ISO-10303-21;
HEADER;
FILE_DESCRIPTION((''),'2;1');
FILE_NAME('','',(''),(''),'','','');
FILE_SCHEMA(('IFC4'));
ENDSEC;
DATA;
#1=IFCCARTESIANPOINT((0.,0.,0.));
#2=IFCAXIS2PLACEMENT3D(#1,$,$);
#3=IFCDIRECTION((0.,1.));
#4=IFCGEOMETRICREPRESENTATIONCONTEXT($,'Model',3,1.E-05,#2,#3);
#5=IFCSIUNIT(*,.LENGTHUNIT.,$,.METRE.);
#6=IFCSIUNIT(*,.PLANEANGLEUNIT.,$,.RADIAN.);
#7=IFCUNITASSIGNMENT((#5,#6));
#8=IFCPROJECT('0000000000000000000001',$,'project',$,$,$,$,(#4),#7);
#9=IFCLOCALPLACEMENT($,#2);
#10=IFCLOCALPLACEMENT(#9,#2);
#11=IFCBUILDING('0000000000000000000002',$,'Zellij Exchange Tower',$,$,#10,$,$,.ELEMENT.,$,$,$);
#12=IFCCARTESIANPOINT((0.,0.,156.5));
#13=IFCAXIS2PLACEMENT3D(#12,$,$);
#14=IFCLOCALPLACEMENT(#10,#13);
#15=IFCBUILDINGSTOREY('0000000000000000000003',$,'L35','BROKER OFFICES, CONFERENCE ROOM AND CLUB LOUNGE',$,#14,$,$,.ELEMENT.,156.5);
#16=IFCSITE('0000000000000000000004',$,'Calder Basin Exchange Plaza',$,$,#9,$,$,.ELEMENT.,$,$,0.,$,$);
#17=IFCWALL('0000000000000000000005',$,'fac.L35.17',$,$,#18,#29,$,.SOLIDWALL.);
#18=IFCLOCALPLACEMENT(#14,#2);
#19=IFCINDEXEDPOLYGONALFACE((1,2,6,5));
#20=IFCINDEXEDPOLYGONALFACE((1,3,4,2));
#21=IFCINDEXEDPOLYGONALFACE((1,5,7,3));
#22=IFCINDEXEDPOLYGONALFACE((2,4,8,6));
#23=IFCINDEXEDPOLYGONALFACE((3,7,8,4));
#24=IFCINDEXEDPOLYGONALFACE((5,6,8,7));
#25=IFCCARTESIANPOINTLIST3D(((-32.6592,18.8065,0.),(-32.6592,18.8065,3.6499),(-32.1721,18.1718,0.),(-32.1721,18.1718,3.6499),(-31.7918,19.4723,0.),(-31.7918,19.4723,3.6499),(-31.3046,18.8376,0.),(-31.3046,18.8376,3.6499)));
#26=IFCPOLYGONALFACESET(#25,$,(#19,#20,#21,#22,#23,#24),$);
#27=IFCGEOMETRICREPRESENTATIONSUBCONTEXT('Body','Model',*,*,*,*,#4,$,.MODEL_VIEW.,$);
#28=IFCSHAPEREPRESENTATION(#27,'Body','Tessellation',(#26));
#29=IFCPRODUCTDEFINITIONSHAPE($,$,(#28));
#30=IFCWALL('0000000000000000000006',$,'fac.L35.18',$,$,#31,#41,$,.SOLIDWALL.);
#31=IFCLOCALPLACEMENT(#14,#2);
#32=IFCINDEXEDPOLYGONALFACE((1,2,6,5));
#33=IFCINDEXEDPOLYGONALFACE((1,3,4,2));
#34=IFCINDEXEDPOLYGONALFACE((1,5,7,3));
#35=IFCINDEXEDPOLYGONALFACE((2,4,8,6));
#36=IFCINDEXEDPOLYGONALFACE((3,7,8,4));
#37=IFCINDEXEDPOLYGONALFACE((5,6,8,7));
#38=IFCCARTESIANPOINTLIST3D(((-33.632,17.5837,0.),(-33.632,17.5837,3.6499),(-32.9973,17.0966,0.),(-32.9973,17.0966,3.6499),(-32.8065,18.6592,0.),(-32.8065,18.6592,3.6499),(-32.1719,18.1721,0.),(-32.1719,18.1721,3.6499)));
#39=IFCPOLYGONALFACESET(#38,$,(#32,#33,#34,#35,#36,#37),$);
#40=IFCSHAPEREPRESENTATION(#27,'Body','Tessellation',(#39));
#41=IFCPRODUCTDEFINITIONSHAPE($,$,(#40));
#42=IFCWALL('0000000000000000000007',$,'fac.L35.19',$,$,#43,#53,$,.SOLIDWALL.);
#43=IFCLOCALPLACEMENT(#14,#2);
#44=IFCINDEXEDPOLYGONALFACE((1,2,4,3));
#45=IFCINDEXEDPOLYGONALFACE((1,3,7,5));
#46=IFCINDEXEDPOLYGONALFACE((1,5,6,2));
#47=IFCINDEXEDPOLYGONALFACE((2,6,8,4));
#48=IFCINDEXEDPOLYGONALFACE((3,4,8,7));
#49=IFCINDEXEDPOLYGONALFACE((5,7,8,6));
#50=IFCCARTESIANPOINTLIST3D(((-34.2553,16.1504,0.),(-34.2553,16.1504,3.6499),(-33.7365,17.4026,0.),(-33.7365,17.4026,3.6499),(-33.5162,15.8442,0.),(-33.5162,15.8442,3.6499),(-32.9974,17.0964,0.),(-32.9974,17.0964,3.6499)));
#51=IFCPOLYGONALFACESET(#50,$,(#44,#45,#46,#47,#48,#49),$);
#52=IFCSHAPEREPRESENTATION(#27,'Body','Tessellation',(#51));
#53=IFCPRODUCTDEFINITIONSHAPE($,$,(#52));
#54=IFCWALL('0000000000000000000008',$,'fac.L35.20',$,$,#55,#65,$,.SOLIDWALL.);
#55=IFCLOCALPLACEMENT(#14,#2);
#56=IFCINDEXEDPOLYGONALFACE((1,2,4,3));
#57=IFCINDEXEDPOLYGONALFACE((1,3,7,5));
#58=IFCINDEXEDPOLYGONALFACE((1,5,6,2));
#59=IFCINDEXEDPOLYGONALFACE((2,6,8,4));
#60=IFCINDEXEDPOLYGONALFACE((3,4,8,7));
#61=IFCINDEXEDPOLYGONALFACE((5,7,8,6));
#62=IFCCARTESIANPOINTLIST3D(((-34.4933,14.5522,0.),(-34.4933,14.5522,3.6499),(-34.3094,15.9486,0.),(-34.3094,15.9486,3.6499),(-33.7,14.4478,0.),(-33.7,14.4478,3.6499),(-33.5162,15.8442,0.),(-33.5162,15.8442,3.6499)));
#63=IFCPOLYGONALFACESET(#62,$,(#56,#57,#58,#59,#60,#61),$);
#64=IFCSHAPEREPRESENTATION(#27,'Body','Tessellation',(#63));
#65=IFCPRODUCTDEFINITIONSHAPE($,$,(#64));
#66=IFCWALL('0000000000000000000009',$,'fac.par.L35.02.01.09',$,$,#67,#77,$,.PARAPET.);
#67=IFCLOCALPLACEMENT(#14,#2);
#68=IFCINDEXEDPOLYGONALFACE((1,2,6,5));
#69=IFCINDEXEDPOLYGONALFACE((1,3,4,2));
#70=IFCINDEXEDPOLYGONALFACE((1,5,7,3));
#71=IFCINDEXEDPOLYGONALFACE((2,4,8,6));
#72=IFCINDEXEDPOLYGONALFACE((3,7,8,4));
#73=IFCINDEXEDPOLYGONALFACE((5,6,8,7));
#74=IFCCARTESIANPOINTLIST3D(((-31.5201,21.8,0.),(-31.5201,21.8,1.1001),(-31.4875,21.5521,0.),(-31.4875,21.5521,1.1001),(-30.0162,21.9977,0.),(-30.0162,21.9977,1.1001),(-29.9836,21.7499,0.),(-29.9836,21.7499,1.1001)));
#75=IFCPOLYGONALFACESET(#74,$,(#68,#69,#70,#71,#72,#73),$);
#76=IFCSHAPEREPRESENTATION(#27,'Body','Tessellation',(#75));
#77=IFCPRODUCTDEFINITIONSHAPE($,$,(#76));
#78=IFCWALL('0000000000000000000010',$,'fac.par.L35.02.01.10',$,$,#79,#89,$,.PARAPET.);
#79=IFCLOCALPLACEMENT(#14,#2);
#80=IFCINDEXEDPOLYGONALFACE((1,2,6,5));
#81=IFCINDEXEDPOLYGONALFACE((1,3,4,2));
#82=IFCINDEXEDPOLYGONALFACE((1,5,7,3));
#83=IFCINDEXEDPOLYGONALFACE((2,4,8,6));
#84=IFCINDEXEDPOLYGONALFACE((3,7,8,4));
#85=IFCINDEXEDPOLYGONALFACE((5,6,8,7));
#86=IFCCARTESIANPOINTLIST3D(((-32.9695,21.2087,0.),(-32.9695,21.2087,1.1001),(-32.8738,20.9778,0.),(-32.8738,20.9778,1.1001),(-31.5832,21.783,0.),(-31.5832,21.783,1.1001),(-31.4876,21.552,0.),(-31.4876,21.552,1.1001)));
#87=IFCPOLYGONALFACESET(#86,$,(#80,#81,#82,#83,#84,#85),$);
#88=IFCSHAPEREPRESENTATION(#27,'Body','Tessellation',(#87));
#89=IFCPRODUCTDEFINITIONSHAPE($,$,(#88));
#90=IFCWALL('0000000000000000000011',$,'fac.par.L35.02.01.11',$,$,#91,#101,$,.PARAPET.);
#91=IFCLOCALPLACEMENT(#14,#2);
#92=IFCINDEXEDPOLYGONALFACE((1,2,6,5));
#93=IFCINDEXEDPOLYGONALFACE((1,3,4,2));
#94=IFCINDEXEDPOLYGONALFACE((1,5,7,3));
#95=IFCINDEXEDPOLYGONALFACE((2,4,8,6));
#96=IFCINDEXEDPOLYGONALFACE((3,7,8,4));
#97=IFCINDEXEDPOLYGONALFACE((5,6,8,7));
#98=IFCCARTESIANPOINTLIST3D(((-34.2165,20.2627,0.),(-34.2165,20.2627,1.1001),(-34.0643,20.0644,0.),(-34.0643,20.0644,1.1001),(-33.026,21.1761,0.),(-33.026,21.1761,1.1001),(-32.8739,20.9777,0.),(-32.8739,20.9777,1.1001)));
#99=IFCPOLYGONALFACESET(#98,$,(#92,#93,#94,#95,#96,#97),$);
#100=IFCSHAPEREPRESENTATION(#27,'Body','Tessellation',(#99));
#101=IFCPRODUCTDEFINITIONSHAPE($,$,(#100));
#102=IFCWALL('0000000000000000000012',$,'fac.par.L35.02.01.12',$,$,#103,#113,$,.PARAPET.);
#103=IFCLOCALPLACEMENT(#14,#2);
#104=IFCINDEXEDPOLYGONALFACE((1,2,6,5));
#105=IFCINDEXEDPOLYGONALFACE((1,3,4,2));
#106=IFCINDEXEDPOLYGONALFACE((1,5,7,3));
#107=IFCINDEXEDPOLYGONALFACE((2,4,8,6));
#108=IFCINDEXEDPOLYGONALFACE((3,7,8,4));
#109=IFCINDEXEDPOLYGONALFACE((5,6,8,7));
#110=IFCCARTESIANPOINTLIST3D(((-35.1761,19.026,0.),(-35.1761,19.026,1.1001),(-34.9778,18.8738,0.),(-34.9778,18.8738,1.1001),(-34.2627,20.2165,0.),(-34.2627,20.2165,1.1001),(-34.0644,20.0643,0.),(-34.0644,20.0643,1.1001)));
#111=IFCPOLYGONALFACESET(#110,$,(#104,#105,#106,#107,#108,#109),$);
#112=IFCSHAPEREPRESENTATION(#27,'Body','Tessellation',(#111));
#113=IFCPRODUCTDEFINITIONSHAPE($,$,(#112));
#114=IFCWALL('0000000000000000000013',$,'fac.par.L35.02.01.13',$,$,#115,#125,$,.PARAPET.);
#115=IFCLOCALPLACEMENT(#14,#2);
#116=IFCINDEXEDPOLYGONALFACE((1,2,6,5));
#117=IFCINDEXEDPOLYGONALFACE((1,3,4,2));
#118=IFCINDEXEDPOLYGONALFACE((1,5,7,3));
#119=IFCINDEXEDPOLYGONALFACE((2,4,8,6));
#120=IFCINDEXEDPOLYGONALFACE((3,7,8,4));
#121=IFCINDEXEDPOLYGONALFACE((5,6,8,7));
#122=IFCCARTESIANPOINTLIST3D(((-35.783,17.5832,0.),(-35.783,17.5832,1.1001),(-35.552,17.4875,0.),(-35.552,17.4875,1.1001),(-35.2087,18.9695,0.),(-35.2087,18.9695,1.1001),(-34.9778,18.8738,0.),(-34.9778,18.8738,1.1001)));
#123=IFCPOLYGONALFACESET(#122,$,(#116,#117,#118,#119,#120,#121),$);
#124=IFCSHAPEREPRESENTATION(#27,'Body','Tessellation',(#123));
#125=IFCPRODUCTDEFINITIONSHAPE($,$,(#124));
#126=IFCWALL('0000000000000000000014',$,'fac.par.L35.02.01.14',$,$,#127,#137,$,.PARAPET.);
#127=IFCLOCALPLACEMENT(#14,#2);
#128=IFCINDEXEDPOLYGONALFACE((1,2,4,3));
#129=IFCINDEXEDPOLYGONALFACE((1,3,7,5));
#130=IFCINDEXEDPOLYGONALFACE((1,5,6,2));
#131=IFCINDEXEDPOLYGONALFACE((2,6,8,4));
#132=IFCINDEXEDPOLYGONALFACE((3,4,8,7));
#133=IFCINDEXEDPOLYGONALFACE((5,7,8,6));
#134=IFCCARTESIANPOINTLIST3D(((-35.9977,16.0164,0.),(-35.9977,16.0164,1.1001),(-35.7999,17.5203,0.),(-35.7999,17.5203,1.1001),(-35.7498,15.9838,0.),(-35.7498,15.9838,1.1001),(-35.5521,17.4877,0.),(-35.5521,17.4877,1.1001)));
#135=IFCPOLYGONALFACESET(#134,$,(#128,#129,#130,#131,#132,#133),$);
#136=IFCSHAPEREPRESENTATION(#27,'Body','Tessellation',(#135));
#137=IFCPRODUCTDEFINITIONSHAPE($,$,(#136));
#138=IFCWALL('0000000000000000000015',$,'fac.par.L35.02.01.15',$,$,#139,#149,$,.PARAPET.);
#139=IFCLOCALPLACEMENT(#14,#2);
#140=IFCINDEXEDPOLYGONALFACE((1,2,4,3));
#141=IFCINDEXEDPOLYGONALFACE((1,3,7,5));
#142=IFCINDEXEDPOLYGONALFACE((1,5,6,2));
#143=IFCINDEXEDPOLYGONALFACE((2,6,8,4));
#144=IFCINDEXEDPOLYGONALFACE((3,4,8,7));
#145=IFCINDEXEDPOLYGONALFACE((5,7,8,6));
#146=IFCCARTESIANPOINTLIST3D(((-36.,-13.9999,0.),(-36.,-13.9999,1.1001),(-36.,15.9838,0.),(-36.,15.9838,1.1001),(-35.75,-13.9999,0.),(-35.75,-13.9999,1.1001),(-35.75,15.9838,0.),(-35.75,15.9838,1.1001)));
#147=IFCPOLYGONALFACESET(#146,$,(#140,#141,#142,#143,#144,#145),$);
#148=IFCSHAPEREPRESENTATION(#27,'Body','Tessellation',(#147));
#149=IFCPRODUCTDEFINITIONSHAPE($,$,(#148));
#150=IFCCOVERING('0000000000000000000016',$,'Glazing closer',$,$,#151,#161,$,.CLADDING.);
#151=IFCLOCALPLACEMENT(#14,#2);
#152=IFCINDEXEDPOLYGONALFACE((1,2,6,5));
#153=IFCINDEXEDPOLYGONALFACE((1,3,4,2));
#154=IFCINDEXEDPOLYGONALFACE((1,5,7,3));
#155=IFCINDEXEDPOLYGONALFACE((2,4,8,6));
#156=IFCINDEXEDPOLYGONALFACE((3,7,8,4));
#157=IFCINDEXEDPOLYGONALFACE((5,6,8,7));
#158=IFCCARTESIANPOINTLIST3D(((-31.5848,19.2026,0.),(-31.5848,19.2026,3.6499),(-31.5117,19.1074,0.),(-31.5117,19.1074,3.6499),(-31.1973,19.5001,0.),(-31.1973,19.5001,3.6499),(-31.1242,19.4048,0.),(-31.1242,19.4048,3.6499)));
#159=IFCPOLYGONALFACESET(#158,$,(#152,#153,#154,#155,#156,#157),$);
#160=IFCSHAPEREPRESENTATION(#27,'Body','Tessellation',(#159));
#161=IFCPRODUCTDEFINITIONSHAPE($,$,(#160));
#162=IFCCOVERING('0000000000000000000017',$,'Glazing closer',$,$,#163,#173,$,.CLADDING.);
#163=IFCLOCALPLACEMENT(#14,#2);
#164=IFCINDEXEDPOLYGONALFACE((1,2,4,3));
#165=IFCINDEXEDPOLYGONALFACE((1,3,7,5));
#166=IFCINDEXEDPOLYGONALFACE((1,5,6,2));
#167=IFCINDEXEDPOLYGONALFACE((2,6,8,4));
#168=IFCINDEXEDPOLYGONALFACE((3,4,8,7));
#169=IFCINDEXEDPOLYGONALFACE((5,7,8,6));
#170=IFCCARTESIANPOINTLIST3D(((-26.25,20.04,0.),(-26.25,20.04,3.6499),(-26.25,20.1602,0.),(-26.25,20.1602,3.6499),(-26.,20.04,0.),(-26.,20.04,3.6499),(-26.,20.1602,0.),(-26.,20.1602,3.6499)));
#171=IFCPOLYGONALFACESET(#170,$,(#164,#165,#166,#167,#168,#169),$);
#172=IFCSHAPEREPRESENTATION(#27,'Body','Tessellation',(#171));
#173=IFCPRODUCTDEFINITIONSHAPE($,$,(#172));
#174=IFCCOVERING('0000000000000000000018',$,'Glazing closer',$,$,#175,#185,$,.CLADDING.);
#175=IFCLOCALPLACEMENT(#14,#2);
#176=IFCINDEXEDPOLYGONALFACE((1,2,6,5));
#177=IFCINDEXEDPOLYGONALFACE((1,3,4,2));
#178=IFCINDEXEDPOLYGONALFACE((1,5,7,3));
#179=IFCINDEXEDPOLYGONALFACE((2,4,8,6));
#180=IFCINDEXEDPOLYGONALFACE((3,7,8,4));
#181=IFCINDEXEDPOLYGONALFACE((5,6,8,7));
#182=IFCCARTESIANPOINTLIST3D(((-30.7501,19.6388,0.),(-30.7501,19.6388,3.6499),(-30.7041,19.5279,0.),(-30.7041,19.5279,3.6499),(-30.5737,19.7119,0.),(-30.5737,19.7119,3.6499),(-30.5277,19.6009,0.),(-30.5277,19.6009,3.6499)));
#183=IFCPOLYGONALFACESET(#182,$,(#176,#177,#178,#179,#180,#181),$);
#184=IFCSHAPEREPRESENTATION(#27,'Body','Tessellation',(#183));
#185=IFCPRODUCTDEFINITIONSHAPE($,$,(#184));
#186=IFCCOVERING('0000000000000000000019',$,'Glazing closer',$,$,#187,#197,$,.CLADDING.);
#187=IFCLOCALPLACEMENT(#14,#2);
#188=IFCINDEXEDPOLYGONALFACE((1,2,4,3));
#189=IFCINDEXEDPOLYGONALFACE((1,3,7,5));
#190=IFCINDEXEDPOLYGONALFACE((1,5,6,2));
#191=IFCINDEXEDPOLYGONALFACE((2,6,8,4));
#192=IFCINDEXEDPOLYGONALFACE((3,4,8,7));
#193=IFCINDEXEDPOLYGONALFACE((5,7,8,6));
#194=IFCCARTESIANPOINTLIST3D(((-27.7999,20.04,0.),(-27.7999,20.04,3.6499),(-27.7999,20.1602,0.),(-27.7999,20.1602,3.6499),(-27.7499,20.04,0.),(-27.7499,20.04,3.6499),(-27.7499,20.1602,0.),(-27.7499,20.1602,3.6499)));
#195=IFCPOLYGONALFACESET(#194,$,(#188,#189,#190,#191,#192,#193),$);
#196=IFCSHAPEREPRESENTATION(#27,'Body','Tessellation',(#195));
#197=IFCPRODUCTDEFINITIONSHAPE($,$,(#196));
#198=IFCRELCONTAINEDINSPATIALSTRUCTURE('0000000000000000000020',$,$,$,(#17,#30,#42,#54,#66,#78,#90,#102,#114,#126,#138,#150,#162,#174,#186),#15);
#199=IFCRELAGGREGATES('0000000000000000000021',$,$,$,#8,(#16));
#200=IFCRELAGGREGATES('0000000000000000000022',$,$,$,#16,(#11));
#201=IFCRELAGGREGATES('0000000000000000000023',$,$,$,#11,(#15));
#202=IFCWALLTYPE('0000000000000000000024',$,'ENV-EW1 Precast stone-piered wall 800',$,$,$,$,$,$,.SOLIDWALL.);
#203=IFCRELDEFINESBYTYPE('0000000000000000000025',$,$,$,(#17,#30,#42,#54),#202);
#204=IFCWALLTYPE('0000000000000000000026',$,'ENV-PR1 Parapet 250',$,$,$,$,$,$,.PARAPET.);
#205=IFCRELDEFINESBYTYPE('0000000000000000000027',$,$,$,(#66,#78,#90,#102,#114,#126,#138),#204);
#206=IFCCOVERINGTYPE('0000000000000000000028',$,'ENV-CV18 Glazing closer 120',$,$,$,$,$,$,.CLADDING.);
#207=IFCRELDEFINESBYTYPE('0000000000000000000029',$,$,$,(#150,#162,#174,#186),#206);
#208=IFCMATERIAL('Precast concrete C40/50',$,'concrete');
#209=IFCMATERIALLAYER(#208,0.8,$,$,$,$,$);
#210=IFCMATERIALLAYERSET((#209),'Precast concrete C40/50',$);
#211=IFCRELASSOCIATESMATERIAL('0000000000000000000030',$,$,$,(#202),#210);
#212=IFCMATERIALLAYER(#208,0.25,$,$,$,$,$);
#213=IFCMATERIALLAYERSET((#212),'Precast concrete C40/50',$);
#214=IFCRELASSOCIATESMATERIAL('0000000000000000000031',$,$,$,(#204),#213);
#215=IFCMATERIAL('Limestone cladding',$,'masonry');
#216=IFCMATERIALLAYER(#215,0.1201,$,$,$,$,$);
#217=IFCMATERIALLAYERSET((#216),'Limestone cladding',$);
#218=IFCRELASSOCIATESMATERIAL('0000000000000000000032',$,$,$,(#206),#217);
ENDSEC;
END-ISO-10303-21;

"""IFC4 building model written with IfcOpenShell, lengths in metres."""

from ifc_helpers import new_model, si_unit, direction, frame, frame_2d, origin, origin_2d, place, context, subcontext, project, spatial, rectangle, extrude, material, layer, layer_set, type_object, element, save


model = new_model("IFC4")

# Units and contexts
model_context = context("Model", 3, precision=1e-05, world=origin(), true_north=direction((0.0, 1.0)))
body_context = subcontext(model_context, "Body", "Model", "MODEL_VIEW")
ifc_project = project(units=[si_unit("LENGTHUNIT", "METRE"), si_unit("PLANEANGLEUNIT", "RADIAN")], contexts=[model_context])

# Site, building, storey
site_placement = place(None, origin())
site = spatial("IfcSite", under=ifc_project, at=site_placement, Name="Calder Basin Exchange Plaza", CompositionType="ELEMENT", RefElevation=0.0)
building_placement = place(site_placement, origin())
building = spatial("IfcBuilding", under=site, at=building_placement, Name="Zellij Exchange Tower", CompositionType="ELEMENT")
storey_placement = place(building_placement, frame((0.0, 0.0, 156.5)))
storey = spatial("IfcBuildingStorey", under=building, at=storey_placement, Name="L35", Description="BROKER OFFICES, CONFERENCE ROOM AND CLUB LOUNGE", CompositionType="ELEMENT", Elevation=156.5)

# Walls
ifc_material_1 = material(Name="Precast concrete C40/50", Category="concrete")
ifc_layer_1 = layer(ifc_material_1, 0.8)
ifc_layer_set_1 = layer_set([ifc_layer_1], Name="Precast concrete C40/50")
wall_type_1 = type_object("IfcWallType", Name="ENV-EW1 Precast stone-piered wall 800", PredefinedType="SOLIDWALL", material=ifc_layer_set_1)
wall_1_placement = place(storey_placement, frame((-31.5481, 19.155, 0.0), z_axis=(0.0, 0.0, 1.0), x_axis=(-0.793279, -0.608858, 0.0)))
element("IfcWall", 1, at=wall_1_placement, inside=storey, type_object=wall_type_1, Name="fac.L35.17", PredefinedType="SOLIDWALL", context=body_context, shape_type="SweptSolid", body=[
    extrude(rectangle(XDim=1.0935, YDim=0.8, at=frame_2d((0.5469, 0.0))), origin(), (0.0, 0.0, 1.0), 3.6499),
])
wall_2_placement = place(storey_placement, frame((-32.4893, 18.4155, 0.0), z_axis=(0.0, 0.0, 1.0), x_axis=(-0.608866, -0.793273, 0.0)))
element("IfcWall", 2, at=wall_2_placement, inside=storey, type_object=wall_type_1, Name="fac.L35.18", PredefinedType="SOLIDWALL", context=body_context, shape_type="SweptSolid", body=[
    extrude(rectangle(XDim=1.3557, YDim=0.8, at=frame_2d((0.6777, 0.0))), origin(), (0.0, 0.0, 1.0), 3.6499),
])
wall_3_placement = place(storey_placement, frame((-33.3669, 17.2495, 0.0), z_axis=(0.0, 0.0, 1.0), x_axis=(-0.38276, -0.923848, 0.0)))
element("IfcWall", 3, at=wall_3_placement, inside=storey, type_object=wall_type_1, Name="fac.L35.19", PredefinedType="SOLIDWALL", context=body_context, shape_type="SweptSolid", body=[
    extrude(rectangle(XDim=1.3555, YDim=0.8, at=frame_2d((0.6777, 0.0))), origin(), (0.0, 0.0, 1.0), 3.6499),
])
wall_4_placement = place(storey_placement, frame((-33.9128, 15.8962, 0.0), z_axis=(0.0, 0.0, 1.0), x_axis=(-0.130517, -0.991446, 0.0)))
element("IfcWall", 4, at=wall_4_placement, inside=storey, type_object=wall_type_1, Name="fac.L35.20", PredefinedType="SOLIDWALL", context=body_context, shape_type="SweptSolid", body=[
    extrude(rectangle(XDim=1.4084, YDim=0.8, at=frame_2d((0.7041, 0.0))), origin(), (0.0, 0.0, 1.0), 3.6499),
])
ifc_layer_2 = layer(ifc_material_1, 0.25)
ifc_layer_set_2 = layer_set([ifc_layer_2], Name="Precast concrete C40/50")
wall_type_2 = type_object("IfcWallType", Name="ENV-PR1 Parapet 250", PredefinedType="PARAPET", material=ifc_layer_set_2)
wall_5_placement = place(storey_placement, frame((-30.0, 21.8738, 0.0), z_axis=(0.0, 0.0, 1.0), x_axis=(-0.991465, -0.130371, 0.0)))
element("IfcWall", 5, at=wall_5_placement, inside=storey, type_object=wall_type_2, Name="fac.par.L35.02.01.09", PredefinedType="PARAPET", context=body_context, shape_type="SweptSolid", body=[
    extrude(rectangle(XDim=1.5168, YDim=0.25, at=frame_2d((0.7583, 0.0))), origin(), (0.0, 0.0, 1.0), 1.1001),
])
for number, where, z_axis, x_axis, name in (
    (6, (-31.5354, 21.6675, 0.0), (0.0, 0.0, 1.0), (-0.923874, -0.382697, 0.0), "fac.par.L35.02.01.10"),
    (7, (-32.95, 21.0769, 0.0), (0.0, 0.0, 1.0), (-0.793392, -0.608712, 0.0), "fac.par.L35.02.01.11"),
    (8, (-34.1636, 20.1404, 0.0), (0.0, 0.0, 1.0), (-0.608712, -0.793392, 0.0), "fac.par.L35.02.01.12"),
    (9, (-35.0933, 18.9216, 0.0), (0.0, 0.0, 1.0), (-0.382697, -0.923874, 0.0), "fac.par.L35.02.01.13"),
):
    element("IfcWall", number, at=place(storey_placement, frame(where, z_axis=z_axis, x_axis=x_axis)), inside=storey, type_object=wall_type_2, Name=name, PredefinedType="PARAPET", context=body_context, shape_type="SweptSolid", body=[
        extrude(rectangle(XDim=1.5005, YDim=0.25, at=frame_2d((0.7502, 0.0))), origin(), (0.0, 0.0, 1.0), 1.1001),
    ])
wall_6_placement = place(storey_placement, frame((-35.676, 17.5039, 0.0), z_axis=(0.0, 0.0, 1.0), x_axis=(-0.130371, -0.991465, 0.0)))
element("IfcWall", 10, at=wall_6_placement, inside=storey, type_object=wall_type_2, Name="fac.par.L35.02.01.14", PredefinedType="PARAPET", context=body_context, shape_type="SweptSolid", body=[
    extrude(rectangle(XDim=1.5168, YDim=0.25, at=frame_2d((0.7583, 0.0))), origin(), (0.0, 0.0, 1.0), 1.1001),
])
wall_7_placement = place(storey_placement, frame((-35.875, 15.9836, 0.0), z_axis=(0.0, 0.0, 1.0), x_axis=(0.0, -1.0, 0.0)))
element("IfcWall", 11, at=wall_7_placement, inside=storey, type_object=wall_type_2, Name="fac.par.L35.02.01.15", PredefinedType="PARAPET", context=body_context, shape_type="SweptSolid", body=[
    extrude(rectangle(XDim=29.9836, YDim=0.25, at=frame_2d((14.9917, 0.0))), origin(), (0.0, 0.0, 1.0), 1.1001),
])

# Coverings
ifc_material_2 = material(Name="Limestone cladding", Category="masonry")
ifc_layer_3 = layer(ifc_material_2, 0.1201)
ifc_layer_set_3 = layer_set([ifc_layer_3], Name="Limestone cladding")
covering_type = type_object("IfcCoveringType", Name="ENV-CV18 Glazing closer 120", PredefinedType="CLADDING", material=ifc_layer_set_3)
covering_1_placement = place(storey_placement, frame((-31.3545, 19.3037, 0.0), z_axis=(0.0, 0.0, 1.0), x_axis=(0.793316, 0.60881, 0.0)))
element("IfcCovering", 12, at=covering_1_placement, inside=storey, type_object=covering_type, Name="Glazing closer", PredefinedType="CLADDING", context=body_context, shape_type="SweptSolid", body=[
    extrude(rectangle(XDim=0.4885, YDim=0.1201, at=origin_2d()), origin(), (0.0, 0.0, 1.0), 3.6499),
])
covering_2_placement = place(storey_placement, frame((-26.125, 20.1001, 0.0), z_axis=(0.0, 0.0, 1.0), x_axis=(-1.0, 0.0, 0.0)))
element("IfcCovering", 13, at=covering_2_placement, inside=storey, type_object=covering_type, Name="Glazing closer", PredefinedType="CLADDING", context=body_context, shape_type="SweptSolid", body=[
    extrude(rectangle(XDim=0.25, YDim=0.1201, at=origin_2d()), origin(), (0.0, 0.0, 1.0), 3.6499),
])
covering_3_placement = place(storey_placement, frame((-30.6389, 19.6199, 0.0), z_axis=(0.0, 0.0, 1.0), x_axis=(-0.923882, -0.382679, 0.0)))
element("IfcCovering", 14, at=covering_3_placement, inside=storey, type_object=covering_type, Name="Glazing closer", PredefinedType="CLADDING", context=body_context, shape_type="SweptSolid", body=[
    extrude(rectangle(XDim=0.1909, YDim=0.1201, at=origin_2d()), origin(), (0.0, 0.0, 1.0), 3.6499),
])
covering_4_placement = place(storey_placement, frame((-27.7749, 20.1001, 0.0), z_axis=(0.0, 0.0, 1.0), x_axis=(1.0, 0.0, 0.0)))
element("IfcCovering", 15, at=covering_4_placement, inside=storey, type_object=covering_type, Name="Glazing closer", PredefinedType="CLADDING", context=body_context, shape_type="SweptSolid", body=[
    extrude(rectangle(XDim=0.05, YDim=0.1201, at=origin_2d()), origin(), (0.0, 0.0, 1.0), 3.6499),
])

save(model, "model.ifc")
